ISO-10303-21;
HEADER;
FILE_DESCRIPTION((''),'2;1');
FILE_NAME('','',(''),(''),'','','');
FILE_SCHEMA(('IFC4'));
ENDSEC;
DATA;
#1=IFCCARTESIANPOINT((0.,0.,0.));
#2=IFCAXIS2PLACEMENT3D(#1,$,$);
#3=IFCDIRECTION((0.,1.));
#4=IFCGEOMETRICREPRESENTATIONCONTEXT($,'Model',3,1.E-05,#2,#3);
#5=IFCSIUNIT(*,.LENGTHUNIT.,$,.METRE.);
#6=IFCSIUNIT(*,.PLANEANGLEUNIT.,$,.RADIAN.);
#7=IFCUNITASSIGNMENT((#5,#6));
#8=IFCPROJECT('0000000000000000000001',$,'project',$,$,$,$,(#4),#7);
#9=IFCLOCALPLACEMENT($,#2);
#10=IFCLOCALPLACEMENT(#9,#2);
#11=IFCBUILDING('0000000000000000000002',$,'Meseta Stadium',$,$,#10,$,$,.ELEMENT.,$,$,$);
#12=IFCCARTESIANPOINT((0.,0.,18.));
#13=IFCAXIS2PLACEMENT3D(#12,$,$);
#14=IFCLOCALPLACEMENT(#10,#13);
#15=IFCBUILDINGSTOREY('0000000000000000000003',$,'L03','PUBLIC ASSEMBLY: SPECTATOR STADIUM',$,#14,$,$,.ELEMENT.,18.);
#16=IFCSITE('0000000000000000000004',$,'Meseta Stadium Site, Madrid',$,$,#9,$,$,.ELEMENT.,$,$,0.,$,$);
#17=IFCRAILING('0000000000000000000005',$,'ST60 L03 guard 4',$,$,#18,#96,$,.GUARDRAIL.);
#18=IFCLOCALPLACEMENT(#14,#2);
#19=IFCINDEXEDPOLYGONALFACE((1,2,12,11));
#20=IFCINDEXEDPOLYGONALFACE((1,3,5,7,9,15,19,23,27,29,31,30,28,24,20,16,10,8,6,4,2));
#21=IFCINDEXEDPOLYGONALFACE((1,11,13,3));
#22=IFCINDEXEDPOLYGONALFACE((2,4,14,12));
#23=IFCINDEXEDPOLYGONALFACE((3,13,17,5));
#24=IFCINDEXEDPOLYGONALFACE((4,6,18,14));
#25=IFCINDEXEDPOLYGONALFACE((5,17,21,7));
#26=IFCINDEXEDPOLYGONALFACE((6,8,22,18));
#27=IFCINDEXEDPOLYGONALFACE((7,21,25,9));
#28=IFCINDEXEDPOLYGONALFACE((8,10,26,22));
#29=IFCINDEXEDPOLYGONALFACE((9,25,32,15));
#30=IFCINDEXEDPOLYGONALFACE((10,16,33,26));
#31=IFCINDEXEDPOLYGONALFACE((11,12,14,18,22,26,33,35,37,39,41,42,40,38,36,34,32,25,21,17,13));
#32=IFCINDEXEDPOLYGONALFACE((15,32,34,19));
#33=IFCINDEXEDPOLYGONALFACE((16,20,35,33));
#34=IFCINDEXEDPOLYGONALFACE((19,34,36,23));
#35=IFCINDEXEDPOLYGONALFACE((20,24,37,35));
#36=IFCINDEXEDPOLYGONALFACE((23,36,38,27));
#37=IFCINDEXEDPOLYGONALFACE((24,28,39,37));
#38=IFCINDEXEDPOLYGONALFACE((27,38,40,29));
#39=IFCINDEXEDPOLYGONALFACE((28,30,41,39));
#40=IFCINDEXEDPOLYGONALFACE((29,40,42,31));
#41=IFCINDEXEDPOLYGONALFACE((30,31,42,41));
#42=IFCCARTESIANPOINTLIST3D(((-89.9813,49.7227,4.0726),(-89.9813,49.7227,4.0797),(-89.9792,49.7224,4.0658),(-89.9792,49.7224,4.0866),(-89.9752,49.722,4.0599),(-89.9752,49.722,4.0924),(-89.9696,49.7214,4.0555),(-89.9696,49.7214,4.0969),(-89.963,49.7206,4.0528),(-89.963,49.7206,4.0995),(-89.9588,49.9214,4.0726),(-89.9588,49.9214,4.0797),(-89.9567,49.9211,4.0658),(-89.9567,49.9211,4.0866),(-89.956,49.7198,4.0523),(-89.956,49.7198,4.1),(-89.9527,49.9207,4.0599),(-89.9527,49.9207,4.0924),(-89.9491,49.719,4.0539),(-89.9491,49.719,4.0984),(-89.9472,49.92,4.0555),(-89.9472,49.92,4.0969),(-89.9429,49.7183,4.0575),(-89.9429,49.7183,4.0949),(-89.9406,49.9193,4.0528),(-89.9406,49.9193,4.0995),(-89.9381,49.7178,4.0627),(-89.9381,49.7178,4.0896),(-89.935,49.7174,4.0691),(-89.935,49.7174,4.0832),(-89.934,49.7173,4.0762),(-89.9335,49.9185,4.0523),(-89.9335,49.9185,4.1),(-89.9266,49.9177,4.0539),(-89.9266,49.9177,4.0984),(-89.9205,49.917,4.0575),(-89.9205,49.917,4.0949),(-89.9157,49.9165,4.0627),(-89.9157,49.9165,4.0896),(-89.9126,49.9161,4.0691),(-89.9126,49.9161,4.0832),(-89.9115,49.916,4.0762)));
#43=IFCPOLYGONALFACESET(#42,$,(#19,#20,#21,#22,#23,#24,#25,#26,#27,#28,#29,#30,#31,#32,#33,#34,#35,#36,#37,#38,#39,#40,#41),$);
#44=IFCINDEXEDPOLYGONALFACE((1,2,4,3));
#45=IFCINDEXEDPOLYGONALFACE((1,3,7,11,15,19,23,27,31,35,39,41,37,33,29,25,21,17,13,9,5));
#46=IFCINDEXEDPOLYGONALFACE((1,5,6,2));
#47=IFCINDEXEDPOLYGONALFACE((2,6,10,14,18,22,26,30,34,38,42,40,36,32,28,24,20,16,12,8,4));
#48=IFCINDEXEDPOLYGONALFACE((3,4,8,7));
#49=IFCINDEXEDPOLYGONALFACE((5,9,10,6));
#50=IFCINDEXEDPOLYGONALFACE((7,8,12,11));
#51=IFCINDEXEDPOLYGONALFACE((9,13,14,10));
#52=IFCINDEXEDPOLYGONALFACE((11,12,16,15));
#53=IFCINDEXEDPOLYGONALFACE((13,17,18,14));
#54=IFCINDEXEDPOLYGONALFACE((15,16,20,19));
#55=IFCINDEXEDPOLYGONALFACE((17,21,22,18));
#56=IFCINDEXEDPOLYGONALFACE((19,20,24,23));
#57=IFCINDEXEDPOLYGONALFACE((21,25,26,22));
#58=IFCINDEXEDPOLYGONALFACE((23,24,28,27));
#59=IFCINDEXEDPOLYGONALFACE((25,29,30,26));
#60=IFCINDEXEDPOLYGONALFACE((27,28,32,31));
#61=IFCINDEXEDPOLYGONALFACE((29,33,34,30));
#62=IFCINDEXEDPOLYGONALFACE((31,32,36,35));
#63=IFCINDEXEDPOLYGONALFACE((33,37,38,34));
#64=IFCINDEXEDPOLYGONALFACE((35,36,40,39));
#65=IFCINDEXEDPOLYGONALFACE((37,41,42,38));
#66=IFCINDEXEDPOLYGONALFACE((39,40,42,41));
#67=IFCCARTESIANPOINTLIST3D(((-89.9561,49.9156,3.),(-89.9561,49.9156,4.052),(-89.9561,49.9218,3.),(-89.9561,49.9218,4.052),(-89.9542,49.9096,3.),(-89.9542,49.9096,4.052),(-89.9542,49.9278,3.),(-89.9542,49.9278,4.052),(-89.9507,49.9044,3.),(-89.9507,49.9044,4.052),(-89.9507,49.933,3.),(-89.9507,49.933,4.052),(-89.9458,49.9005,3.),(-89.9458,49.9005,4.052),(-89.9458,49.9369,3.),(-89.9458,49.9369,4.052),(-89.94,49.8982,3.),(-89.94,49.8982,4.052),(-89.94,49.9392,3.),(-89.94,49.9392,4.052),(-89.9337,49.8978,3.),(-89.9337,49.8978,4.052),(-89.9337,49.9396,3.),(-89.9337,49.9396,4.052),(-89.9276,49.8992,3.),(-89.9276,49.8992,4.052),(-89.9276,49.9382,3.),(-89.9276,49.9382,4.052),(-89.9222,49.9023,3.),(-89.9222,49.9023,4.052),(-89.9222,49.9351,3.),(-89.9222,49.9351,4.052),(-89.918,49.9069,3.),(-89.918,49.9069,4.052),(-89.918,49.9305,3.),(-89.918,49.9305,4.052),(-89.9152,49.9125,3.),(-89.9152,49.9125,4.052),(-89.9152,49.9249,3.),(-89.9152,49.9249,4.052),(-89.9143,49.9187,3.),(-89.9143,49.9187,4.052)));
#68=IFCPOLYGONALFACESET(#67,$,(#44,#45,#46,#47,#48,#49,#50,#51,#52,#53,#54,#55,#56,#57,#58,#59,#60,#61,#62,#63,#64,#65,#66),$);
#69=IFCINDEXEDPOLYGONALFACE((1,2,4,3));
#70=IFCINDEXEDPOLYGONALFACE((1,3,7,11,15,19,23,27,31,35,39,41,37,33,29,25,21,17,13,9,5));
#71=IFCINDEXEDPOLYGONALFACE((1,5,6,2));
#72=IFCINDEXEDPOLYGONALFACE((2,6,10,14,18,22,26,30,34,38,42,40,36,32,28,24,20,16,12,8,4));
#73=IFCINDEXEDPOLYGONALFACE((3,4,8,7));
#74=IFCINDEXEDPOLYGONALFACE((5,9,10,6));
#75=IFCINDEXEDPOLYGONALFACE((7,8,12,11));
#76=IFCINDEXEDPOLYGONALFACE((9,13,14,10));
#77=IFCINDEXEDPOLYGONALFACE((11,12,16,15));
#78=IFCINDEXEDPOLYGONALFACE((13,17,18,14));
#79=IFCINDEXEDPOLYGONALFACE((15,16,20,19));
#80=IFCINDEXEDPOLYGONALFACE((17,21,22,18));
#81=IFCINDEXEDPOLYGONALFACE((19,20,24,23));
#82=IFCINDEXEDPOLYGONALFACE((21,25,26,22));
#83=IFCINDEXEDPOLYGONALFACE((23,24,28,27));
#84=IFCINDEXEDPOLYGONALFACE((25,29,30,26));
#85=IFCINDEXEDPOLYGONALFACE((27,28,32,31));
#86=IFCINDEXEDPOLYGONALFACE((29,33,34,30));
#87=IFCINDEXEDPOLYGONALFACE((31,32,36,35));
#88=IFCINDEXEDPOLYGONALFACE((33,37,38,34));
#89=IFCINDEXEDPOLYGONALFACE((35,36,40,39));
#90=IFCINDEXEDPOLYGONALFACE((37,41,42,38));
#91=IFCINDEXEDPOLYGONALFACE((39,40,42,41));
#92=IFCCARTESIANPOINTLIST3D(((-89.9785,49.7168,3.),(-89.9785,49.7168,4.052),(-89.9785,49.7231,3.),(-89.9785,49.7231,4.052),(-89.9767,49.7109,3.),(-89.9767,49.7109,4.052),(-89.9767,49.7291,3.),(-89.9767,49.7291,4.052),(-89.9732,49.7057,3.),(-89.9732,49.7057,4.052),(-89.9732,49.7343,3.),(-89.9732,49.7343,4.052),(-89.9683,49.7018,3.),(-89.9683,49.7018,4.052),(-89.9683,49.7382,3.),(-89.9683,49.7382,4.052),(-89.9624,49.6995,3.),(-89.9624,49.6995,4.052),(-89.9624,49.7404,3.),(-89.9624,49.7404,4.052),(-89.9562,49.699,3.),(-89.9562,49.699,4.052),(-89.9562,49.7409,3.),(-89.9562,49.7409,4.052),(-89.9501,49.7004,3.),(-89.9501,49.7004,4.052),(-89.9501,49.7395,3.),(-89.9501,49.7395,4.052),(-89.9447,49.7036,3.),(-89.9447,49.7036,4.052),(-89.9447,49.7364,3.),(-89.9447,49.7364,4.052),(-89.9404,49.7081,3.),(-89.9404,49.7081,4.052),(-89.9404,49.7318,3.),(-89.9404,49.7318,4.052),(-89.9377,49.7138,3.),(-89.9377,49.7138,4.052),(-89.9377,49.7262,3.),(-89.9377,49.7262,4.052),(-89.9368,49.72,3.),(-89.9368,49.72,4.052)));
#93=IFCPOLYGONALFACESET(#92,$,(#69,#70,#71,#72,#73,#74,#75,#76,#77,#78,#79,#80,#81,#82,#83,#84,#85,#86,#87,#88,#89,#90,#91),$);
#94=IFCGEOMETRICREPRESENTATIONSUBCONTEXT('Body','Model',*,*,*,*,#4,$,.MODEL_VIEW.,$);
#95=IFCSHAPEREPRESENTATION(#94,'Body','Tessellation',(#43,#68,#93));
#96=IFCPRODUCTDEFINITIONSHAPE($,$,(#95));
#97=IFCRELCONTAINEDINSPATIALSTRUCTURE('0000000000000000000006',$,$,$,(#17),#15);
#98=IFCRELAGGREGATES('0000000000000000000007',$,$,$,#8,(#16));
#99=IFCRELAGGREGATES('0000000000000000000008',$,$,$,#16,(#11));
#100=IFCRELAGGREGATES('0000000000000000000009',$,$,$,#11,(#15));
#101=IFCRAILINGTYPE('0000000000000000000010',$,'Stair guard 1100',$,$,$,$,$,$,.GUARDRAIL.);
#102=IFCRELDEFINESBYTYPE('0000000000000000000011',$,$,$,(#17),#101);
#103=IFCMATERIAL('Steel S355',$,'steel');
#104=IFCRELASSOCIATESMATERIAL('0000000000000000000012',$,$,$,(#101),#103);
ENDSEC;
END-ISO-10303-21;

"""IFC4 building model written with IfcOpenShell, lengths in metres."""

from ifc_helpers import new_model, si_unit, direction, frame, origin, origin_2d, place, context, subcontext, project, spatial, circle, extrude, material, type_object, element, save


model = new_model("IFC4")

# Units and contexts
model_context = context("Model", 3, precision=1e-05, world=origin(), true_north=direction((0.0, 1.0)))
body_context = subcontext(model_context, "Body", "Model", "MODEL_VIEW")
ifc_project = project(units=[si_unit("LENGTHUNIT", "METRE"), si_unit("PLANEANGLEUNIT", "RADIAN")], contexts=[model_context])

# Site, building, storey
site_placement = place(None, origin())
site = spatial("IfcSite", under=ifc_project, at=site_placement, Name="Meseta Stadium Site, Madrid", CompositionType="ELEMENT", RefElevation=0.0)
building_placement = place(site_placement, origin())
building = spatial("IfcBuilding", under=site, at=building_placement, Name="Meseta Stadium", CompositionType="ELEMENT")
storey_placement = place(building_placement, frame((0.0, 0.0, 18.0)))
storey = spatial("IfcBuildingStorey", under=building, at=storey_placement, Name="L03", Description="PUBLIC ASSEMBLY: SPECTATOR STADIUM", CompositionType="ELEMENT", Elevation=18.0)

# Railing
ifc_material_1 = material(Name="Steel S355", Category="steel")
railing_type_1 = type_object("IfcRailingType", Name="Stair guard 1100", PredefinedType="GUARDRAIL", material=ifc_material_1)
railing_placement = place(storey_placement, frame((-89.9353, 49.9187, 3.0)))
element("IfcRailing", 1, at=railing_placement, inside=storey, type_object=railing_type_1, Name="ST60 L03 guard 4", PredefinedType="GUARDRAIL", context=body_context, shape_type="SweptSolid", body=[
    extrude(circle(Radius=0.0239, at=origin_2d()), frame((0.0, 0.0, 1.0762), z_axis=(-0.112307, -0.993674, 0.0), x_axis=(0.993674, -0.112307, 0.0)), (0.0, 0.0, 1.0), 0.2),
    extrude(circle(Radius=0.021, at=origin_2d()), origin(), (0.0, 0.0, 1.0), 1.052),
    extrude(circle(Radius=0.021, at=origin_2d()), frame((-0.0225, -0.1987, 0.0)), (0.0, 0.0, 1.0), 1.052),
])

save(model, "model.ifc")
